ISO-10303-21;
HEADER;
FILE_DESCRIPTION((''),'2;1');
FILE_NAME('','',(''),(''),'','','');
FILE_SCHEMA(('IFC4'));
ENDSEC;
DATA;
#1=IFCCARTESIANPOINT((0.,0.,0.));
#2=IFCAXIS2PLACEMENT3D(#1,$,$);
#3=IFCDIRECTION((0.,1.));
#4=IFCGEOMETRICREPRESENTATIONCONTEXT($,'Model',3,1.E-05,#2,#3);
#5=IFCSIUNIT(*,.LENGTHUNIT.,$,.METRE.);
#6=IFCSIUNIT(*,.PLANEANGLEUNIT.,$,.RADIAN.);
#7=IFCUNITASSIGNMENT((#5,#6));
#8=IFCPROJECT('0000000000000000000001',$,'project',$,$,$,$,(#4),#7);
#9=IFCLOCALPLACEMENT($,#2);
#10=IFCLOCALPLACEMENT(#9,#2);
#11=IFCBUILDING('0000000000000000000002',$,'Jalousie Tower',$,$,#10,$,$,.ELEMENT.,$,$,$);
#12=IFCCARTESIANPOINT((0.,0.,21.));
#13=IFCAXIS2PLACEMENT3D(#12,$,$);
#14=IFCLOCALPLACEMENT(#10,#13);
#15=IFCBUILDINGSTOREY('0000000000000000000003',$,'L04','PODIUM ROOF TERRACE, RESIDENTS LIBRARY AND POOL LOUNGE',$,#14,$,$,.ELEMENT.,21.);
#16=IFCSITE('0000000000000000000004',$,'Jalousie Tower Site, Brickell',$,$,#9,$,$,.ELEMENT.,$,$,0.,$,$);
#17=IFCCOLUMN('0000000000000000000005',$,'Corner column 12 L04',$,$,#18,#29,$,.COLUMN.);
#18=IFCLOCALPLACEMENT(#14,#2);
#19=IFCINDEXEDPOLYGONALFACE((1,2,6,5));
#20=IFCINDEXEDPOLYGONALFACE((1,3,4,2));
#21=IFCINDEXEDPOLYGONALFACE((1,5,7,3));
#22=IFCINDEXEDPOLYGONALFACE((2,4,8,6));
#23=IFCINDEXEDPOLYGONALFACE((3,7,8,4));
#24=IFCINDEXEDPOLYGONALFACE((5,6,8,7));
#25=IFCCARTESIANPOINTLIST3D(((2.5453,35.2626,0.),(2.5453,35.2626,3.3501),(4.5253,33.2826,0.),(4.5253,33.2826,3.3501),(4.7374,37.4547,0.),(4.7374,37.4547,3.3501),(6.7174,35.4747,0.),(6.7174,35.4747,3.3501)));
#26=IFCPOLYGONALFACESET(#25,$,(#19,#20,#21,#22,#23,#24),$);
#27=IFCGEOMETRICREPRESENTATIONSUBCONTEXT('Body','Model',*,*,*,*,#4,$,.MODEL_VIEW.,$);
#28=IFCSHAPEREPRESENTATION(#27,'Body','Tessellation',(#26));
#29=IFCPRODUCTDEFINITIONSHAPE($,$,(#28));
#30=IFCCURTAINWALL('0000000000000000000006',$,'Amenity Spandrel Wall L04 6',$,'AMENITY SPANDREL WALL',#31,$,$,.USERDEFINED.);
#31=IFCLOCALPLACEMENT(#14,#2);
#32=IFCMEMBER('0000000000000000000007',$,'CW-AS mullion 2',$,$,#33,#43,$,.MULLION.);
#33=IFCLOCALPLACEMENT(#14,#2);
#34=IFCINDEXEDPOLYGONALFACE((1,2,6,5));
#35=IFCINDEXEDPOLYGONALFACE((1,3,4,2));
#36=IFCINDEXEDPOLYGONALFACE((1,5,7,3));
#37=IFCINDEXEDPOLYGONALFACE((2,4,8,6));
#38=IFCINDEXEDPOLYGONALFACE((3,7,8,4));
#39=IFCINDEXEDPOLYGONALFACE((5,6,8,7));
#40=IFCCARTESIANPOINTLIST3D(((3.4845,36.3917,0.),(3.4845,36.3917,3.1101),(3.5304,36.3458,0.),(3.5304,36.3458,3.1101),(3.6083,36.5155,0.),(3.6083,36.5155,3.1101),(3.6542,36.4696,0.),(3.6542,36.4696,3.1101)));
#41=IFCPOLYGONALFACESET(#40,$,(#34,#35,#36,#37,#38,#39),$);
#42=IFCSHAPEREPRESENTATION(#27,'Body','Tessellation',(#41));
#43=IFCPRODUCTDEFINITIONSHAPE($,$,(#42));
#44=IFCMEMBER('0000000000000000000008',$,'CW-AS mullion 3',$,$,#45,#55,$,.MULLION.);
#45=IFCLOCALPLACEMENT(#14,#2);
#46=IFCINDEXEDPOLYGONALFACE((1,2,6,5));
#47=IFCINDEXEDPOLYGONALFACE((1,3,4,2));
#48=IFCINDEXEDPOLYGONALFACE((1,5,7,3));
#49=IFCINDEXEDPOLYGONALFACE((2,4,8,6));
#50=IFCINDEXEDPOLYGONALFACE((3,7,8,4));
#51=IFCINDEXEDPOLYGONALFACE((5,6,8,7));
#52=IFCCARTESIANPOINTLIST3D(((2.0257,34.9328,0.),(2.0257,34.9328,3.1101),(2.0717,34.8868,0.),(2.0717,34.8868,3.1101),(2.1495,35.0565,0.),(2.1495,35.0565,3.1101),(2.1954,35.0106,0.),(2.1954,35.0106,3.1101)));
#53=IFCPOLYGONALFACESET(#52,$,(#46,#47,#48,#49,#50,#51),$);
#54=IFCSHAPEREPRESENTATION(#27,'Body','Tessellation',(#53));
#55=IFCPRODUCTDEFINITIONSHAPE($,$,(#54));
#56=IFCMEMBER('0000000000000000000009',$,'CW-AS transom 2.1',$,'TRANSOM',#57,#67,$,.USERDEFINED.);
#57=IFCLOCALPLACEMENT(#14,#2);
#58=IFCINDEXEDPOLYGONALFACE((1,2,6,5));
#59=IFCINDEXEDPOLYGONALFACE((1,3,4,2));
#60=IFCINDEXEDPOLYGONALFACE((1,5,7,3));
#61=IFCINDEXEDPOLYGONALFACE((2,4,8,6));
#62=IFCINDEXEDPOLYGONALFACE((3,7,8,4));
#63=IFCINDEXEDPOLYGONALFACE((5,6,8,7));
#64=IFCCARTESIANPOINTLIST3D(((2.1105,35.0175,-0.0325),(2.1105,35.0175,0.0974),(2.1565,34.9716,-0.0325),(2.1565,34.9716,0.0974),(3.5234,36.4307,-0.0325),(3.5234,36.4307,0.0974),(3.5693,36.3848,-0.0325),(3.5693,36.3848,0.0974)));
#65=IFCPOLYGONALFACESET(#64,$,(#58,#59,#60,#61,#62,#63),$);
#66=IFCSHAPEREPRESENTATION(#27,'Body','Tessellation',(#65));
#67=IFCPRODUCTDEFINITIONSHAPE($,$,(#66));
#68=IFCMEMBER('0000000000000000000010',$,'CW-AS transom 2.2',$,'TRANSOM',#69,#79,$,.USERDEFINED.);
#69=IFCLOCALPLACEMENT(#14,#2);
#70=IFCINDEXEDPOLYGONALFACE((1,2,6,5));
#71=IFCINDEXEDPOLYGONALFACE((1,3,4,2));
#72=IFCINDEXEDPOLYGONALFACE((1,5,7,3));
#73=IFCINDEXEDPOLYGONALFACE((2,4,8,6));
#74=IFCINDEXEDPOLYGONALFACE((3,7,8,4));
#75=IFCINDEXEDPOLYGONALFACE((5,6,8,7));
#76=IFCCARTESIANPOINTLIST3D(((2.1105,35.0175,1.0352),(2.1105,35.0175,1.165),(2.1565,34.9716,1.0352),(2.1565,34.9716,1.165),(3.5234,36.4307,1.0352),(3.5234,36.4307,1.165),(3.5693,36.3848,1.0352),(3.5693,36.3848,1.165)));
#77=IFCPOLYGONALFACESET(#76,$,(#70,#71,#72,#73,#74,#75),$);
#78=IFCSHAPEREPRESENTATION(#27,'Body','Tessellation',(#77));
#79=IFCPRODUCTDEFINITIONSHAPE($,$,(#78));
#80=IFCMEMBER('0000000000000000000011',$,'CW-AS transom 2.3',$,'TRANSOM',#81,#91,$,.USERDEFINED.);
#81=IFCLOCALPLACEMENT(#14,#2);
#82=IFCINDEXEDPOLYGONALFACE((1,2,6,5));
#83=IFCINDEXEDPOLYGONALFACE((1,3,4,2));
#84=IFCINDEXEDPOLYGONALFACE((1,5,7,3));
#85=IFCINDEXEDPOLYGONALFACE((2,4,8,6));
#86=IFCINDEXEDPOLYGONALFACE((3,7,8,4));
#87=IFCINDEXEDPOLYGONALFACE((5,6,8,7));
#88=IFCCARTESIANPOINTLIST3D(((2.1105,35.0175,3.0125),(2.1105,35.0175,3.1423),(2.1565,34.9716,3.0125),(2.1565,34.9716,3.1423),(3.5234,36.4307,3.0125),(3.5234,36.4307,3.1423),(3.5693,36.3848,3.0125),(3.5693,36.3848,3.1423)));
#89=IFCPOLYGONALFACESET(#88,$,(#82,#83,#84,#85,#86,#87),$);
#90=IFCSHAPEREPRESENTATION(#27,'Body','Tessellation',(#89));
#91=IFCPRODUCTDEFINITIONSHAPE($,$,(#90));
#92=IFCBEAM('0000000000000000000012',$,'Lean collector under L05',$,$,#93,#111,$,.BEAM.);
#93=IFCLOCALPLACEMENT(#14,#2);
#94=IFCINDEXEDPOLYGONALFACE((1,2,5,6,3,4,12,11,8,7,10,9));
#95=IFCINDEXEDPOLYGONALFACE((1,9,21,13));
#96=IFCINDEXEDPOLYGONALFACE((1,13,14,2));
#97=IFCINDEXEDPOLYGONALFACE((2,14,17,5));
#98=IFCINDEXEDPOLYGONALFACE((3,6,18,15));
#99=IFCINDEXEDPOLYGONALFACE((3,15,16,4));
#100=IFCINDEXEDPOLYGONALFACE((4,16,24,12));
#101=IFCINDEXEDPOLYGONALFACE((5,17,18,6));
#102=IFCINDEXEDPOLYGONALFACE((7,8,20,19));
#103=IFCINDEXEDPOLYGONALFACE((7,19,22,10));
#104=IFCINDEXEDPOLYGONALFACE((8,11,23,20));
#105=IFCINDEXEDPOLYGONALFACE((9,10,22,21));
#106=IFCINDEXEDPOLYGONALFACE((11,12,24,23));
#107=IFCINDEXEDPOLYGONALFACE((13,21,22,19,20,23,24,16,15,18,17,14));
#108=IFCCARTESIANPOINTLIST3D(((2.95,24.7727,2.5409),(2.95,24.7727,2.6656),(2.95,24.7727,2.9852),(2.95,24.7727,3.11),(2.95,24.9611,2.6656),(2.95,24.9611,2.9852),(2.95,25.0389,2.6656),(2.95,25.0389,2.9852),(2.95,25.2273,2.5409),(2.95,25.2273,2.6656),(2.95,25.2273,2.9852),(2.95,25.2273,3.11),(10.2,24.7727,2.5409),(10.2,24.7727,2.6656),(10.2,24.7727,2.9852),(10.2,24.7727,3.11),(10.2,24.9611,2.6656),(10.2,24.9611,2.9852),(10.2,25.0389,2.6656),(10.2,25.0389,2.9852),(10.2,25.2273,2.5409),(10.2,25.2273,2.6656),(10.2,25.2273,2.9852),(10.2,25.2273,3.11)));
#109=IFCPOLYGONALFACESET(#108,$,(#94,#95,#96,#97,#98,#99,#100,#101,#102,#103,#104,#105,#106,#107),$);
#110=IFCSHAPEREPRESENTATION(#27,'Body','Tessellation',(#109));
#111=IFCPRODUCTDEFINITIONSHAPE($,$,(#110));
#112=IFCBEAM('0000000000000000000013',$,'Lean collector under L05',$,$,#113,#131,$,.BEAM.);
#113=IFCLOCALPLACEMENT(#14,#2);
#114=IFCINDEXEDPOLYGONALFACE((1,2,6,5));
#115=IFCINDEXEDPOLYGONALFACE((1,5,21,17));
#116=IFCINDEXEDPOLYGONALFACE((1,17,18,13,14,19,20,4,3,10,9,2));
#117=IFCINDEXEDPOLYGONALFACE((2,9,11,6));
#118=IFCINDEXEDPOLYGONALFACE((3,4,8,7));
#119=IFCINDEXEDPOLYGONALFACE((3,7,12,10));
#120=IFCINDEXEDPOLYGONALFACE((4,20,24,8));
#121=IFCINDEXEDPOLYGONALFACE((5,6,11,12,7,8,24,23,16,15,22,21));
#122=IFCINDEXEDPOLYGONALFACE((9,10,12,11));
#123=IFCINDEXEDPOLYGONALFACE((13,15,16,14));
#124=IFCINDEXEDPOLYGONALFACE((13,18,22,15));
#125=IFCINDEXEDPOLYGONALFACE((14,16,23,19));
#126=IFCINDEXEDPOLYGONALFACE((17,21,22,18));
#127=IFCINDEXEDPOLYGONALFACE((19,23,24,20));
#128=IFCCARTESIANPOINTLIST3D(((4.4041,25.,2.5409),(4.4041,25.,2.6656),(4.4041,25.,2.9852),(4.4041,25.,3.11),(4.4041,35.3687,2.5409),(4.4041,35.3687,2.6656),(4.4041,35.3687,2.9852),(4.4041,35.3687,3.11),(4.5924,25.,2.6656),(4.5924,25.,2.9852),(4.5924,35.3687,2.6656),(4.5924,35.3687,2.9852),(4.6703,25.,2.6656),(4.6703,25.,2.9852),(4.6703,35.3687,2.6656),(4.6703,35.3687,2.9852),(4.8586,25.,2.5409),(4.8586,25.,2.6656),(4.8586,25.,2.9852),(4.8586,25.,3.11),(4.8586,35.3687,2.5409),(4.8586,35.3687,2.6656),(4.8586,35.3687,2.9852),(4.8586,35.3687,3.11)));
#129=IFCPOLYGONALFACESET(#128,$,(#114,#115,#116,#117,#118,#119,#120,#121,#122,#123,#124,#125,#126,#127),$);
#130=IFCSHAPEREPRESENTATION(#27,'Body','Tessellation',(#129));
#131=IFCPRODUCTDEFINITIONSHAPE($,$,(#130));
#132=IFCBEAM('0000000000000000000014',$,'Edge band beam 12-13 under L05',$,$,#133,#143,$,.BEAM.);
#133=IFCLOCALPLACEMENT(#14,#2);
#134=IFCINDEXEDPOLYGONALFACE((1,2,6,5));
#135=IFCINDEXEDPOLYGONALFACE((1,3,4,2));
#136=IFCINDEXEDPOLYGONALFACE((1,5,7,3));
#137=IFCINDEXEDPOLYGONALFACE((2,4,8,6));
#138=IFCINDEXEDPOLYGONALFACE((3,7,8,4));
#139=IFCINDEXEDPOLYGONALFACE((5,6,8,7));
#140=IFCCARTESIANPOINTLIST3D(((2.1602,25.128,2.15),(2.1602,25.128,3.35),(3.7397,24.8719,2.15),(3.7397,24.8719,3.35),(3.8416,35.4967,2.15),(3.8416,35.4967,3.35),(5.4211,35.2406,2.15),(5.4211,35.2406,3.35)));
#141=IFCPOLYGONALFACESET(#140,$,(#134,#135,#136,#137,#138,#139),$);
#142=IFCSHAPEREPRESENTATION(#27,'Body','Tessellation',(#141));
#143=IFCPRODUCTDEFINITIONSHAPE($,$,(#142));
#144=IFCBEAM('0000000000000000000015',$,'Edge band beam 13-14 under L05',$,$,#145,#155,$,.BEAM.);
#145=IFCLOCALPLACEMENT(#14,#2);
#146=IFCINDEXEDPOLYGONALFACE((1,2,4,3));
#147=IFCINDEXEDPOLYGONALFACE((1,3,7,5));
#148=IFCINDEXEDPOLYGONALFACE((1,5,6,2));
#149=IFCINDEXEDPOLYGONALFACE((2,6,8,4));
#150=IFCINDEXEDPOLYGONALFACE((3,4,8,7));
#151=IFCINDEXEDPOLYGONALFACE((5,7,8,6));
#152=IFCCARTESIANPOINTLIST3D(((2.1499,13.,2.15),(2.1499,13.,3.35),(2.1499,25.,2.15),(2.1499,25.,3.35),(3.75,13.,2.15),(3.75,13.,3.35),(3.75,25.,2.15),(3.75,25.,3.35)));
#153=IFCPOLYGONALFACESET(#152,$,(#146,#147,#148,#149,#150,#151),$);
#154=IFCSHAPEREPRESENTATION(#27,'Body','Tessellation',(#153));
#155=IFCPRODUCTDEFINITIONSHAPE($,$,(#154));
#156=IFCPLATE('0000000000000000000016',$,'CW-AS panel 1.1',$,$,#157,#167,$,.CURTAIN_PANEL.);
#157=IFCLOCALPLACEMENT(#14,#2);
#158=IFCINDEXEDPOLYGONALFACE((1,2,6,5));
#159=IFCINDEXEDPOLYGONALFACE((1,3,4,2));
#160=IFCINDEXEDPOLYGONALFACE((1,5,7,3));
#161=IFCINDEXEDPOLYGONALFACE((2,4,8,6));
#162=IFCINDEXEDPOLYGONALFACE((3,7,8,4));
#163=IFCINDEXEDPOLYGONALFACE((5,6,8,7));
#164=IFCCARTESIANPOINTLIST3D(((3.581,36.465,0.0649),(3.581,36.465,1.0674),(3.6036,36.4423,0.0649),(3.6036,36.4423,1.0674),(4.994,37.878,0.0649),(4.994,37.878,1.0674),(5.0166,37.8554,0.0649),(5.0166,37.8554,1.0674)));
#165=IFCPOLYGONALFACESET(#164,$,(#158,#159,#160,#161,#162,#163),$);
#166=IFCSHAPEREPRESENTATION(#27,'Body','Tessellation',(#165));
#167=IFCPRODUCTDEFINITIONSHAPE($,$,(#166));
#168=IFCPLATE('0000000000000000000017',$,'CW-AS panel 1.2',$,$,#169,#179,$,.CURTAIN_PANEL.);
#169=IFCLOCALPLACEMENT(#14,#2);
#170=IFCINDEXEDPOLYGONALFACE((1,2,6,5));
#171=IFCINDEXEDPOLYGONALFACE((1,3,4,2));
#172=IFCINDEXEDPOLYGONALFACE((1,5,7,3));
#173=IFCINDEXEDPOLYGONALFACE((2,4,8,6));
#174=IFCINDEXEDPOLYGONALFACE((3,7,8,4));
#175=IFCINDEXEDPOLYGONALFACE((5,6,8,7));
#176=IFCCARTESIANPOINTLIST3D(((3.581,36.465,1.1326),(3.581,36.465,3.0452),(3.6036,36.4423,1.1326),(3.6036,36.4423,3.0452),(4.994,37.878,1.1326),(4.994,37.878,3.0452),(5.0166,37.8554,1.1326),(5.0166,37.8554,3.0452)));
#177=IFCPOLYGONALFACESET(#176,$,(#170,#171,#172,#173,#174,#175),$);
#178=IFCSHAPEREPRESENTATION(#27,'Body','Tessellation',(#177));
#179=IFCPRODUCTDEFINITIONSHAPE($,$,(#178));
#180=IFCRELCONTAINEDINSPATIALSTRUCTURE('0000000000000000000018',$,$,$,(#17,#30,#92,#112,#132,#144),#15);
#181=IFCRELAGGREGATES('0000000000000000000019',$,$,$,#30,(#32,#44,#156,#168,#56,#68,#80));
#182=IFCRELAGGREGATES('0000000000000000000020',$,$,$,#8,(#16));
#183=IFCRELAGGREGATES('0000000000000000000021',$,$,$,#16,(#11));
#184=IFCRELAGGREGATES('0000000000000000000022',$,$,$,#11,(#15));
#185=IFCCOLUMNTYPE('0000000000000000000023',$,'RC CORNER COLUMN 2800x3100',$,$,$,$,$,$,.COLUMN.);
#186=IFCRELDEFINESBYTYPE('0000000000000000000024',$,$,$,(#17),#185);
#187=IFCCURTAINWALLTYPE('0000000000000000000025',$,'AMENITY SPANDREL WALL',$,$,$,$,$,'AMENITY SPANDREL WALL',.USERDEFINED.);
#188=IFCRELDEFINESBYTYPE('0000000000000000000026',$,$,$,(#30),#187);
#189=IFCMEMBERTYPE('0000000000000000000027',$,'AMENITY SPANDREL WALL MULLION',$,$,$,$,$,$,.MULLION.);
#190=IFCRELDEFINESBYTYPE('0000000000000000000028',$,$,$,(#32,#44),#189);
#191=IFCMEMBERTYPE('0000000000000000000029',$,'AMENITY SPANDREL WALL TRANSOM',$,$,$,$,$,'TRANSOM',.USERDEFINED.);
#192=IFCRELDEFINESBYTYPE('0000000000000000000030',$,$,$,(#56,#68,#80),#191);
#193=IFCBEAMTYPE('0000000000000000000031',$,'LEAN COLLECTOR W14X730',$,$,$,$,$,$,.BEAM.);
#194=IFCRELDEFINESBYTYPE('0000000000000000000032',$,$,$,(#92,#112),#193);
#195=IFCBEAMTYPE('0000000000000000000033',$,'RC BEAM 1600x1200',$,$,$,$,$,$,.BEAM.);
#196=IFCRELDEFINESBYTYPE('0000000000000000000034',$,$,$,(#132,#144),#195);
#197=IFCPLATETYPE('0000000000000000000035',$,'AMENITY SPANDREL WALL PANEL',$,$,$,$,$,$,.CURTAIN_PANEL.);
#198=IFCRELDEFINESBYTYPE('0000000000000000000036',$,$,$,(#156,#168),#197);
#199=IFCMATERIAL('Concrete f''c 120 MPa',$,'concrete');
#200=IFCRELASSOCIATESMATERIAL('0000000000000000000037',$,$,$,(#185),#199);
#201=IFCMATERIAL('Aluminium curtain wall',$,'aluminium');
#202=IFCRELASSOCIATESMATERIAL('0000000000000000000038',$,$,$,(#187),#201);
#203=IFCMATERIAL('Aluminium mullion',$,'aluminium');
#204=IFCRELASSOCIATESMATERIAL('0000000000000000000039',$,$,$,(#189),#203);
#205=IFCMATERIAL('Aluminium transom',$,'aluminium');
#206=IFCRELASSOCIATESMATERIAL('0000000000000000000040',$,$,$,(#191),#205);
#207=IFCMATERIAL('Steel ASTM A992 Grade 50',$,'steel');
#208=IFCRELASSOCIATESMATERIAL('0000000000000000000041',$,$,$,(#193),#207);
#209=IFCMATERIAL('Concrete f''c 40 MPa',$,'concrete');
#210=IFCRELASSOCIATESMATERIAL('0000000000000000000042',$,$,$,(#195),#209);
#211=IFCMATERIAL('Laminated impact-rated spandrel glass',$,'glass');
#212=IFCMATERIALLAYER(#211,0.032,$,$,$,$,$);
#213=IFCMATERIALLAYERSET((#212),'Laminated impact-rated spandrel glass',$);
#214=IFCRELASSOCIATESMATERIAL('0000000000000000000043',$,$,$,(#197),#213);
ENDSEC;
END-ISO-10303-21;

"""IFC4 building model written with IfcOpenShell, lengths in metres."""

from ifc_helpers import new_model, si_unit, direction, frame, origin, origin_2d, place, context, subcontext, project, spatial, rectangle, i_section, extrude, material, layer, layer_set, material_profile, profile_set, type_object, element, aggregate, save


model = new_model("IFC4")

# Units and contexts
model_context = context("Model", 3, precision=1e-05, world=origin(), true_north=direction((0.0, 1.0)))
body_context = subcontext(model_context, "Body", "Model", "MODEL_VIEW")
ifc_project = project(units=[si_unit("LENGTHUNIT", "METRE"), si_unit("PLANEANGLEUNIT", "RADIAN")], contexts=[model_context])

# Site, building, storey
site_placement = place(None, origin())
site = spatial("IfcSite", under=ifc_project, at=site_placement, Name="Jalousie Tower Site, Brickell", CompositionType="ELEMENT", RefElevation=0.0)
building_placement = place(site_placement, origin())
building = spatial("IfcBuilding", under=site, at=building_placement, Name="Jalousie Tower", CompositionType="ELEMENT")
storey_placement = place(building_placement, frame((0.0, 0.0, 21.0)))
storey = spatial("IfcBuildingStorey", under=building, at=storey_placement, Name="L04", Description="PODIUM ROOF TERRACE, RESIDENTS LIBRARY AND POOL LOUNGE", CompositionType="ELEMENT", Elevation=21.0)

# Column
ifc_material_1 = material(Name="Concrete f'c 120 MPa", Category="concrete")
ifc_material_profile_1 = material_profile(ifc_material_1, rectangle(XDim=2.8, YDim=3.1001, at=origin_2d()), Name="RC 2800x3100")
ifc_profile_set_1 = profile_set([ifc_material_profile_1], Name="Concrete f'c 120 MPa")
column_type = type_object("IfcColumnType", Name="RC CORNER COLUMN 2800x3100", PredefinedType="COLUMN", material=ifc_profile_set_1)
column_placement = place(storey_placement, frame((4.6313, 35.3687, 0.0), z_axis=(0.0, 0.0, 1.0), x_axis=(0.707107, -0.707107, 0.0)))
element("IfcColumn", 1, at=column_placement, inside=storey, type_object=column_type, Name="Corner column 12 L04", PredefinedType="COLUMN", context=body_context, shape_type="SweptSolid", body=[
    extrude(rectangle(XDim=2.8, YDim=3.1001, at=origin_2d()), origin(), (0.0, 0.0, 1.0), 3.3501),
])

# Curtain wall, members
ifc_material_2 = material(Name="Aluminium curtain wall", Category="aluminium")
curtain_wall_type = type_object("IfcCurtainWallType", Name="AMENITY SPANDREL WALL", ElementType="AMENITY SPANDREL WALL", PredefinedType="USERDEFINED", material=ifc_material_2)
curtain_wall_placement = place(storey_placement, origin())
curtain_wall = element("IfcCurtainWall", 2, at=curtain_wall_placement, inside=storey, type_object=curtain_wall_type, Name="Amenity Spandrel Wall L04 6", ObjectType="AMENITY SPANDREL WALL", PredefinedType="USERDEFINED")
ifc_material_3 = material(Name="Aluminium mullion", Category="aluminium")
ifc_material_profile_2 = material_profile(ifc_material_3, rectangle(XDim=0.0649, YDim=0.175, at=origin_2d()), Name="MULLION 65x175")
ifc_profile_set_2 = profile_set([ifc_material_profile_2], Name="Aluminium mullion")
member_type_1 = type_object("IfcMemberType", Name="AMENITY SPANDREL WALL MULLION", PredefinedType="MULLION", material=ifc_profile_set_2)
member_1_placement = place(storey_placement, frame((3.5693, 36.4307, 0.0), z_axis=(0.0, 0.0, 1.0), x_axis=(0.707107, -0.707107, 0.0)))
member_1 = element("IfcMember", 3, at=member_1_placement, type_object=member_type_1, Name="CW-AS mullion 2", PredefinedType="MULLION", context=body_context, shape_type="SweptSolid", body=[
    extrude(rectangle(XDim=0.0649, YDim=0.175, at=origin_2d()), origin(), (0.0, 0.0, 1.0), 3.1101),
])
member_2_placement = place(storey_placement, frame((2.1106, 34.9717, 0.0), z_axis=(0.0, 0.0, 1.0), x_axis=(0.707107, -0.707107, 0.0)))
member_2 = element("IfcMember", 4, at=member_2_placement, type_object=member_type_1, Name="CW-AS mullion 3", PredefinedType="MULLION", context=body_context, shape_type="SweptSolid", body=[
    extrude(rectangle(XDim=0.0649, YDim=0.175, at=origin_2d()), origin(), (0.0, 0.0, 1.0), 3.1101),
])
ifc_material_4 = material(Name="Aluminium transom", Category="aluminium")
ifc_material_profile_3 = material_profile(ifc_material_4, rectangle(XDim=0.0649, YDim=0.1299, at=origin_2d()), Name="TRANSOM 65x130")
ifc_profile_set_3 = profile_set([ifc_material_profile_3], Name="Aluminium transom")
member_type_2 = type_object("IfcMemberType", Name="AMENITY SPANDREL WALL TRANSOM", ElementType="TRANSOM", PredefinedType="USERDEFINED", material=ifc_profile_set_3)
member_3_placement = place(storey_placement, frame((3.5464, 36.4077, 0.0325), z_axis=(-0.707046, -0.707168, 0.0), x_axis=(0.707168, -0.707046, 0.0)))
member_3 = element("IfcMember", 5, at=member_3_placement, type_object=member_type_2, Name="CW-AS transom 2.1", ObjectType="TRANSOM", PredefinedType="USERDEFINED", context=body_context, shape_type="SweptSolid", body=[
    extrude(rectangle(XDim=0.0649, YDim=0.1299, at=origin_2d()), origin(), (0.0, 0.0, 1.0), 1.9983),
])
member_4_placement = place(storey_placement, frame((3.5464, 36.4077, 1.1001), z_axis=(-0.707046, -0.707168, 0.0), x_axis=(0.707168, -0.707046, 0.0)))
member_4 = element("IfcMember", 6, at=member_4_placement, type_object=member_type_2, Name="CW-AS transom 2.2", ObjectType="TRANSOM", PredefinedType="USERDEFINED", context=body_context, shape_type="SweptSolid", body=[
    extrude(rectangle(XDim=0.0649, YDim=0.1299, at=origin_2d()), origin(), (0.0, 0.0, 1.0), 1.9983),
])
member_5_placement = place(storey_placement, frame((3.5464, 36.4077, 3.0774), z_axis=(-0.707046, -0.707168, 0.0), x_axis=(0.707168, -0.707046, 0.0)))
member_5 = element("IfcMember", 7, at=member_5_placement, type_object=member_type_2, Name="CW-AS transom 2.3", ObjectType="TRANSOM", PredefinedType="USERDEFINED", context=body_context, shape_type="SweptSolid", body=[
    extrude(rectangle(XDim=0.0649, YDim=0.1299, at=origin_2d()), origin(), (0.0, 0.0, 1.0), 1.9983),
])

# Beams
ifc_material_5 = material(Name="Steel ASTM A992 Grade 50", Category="steel")
ifc_material_profile_4 = material_profile(ifc_material_5, i_section(OverallWidth=0.4546, OverallDepth=0.5691, WebThickness=0.0779, FlangeThickness=0.1248, at=origin_2d()), Name="W14X730")
ifc_profile_set_4 = profile_set([ifc_material_profile_4], Name="Steel ASTM A992 Grade 50")
beam_type_1 = type_object("IfcBeamType", Name="LEAN COLLECTOR W14X730", PredefinedType="BEAM", material=ifc_profile_set_4)
beam_1_placement = place(storey_placement, frame((2.95, 25.0, 2.8254), z_axis=(1.0, 0.0, 0.0), x_axis=(0.0, 1.0, 0.0)))
element("IfcBeam", 8, at=beam_1_placement, inside=storey, type_object=beam_type_1, Name="Lean collector under L05", PredefinedType="BEAM", context=body_context, shape_type="SweptSolid", body=[
    extrude(i_section(OverallWidth=0.4546, OverallDepth=0.5691, WebThickness=0.0779, FlangeThickness=0.1248, at=origin_2d()), origin(), (0.0, 0.0, 1.0), 7.25),
])
beam_2_placement = place(storey_placement, frame((4.6313, 35.3687, 2.8254), z_axis=(0.0, -1.0, 0.0), x_axis=(1.0, 0.0, 0.0)))
element("IfcBeam", 9, at=beam_2_placement, inside=storey, type_object=beam_type_1, Name="Lean collector under L05", PredefinedType="BEAM", context=body_context, shape_type="SweptSolid", body=[
    extrude(i_section(OverallWidth=0.4546, OverallDepth=0.5691, WebThickness=0.0779, FlangeThickness=0.1248, at=origin_2d()), origin(), (0.0, 0.0, 1.0), 10.3687),
])
ifc_material_6 = material(Name="Concrete f'c 40 MPa", Category="concrete")
ifc_material_profile_5 = material_profile(ifc_material_6, rectangle(XDim=1.6001, YDim=1.2, at=origin_2d()), Name="RC 1600x1200")
ifc_profile_set_5 = profile_set([ifc_material_profile_5], Name="Concrete f'c 40 MPa")
beam_type_2 = type_object("IfcBeamType", Name="RC BEAM 1600x1200", PredefinedType="BEAM", material=ifc_profile_set_5)
beam_3_placement = place(storey_placement, frame((4.6313, 35.3687, 2.75), z_axis=(-0.160071, -0.987106, 0.0), x_axis=(0.987106, -0.160071, 0.0)))
element("IfcBeam", 10, at=beam_3_placement, inside=storey, type_object=beam_type_2, Name="Edge band beam 12-13 under L05", PredefinedType="BEAM", context=body_context, shape_type="SweptSolid", body=[
    extrude(rectangle(XDim=1.6001, YDim=1.2, at=origin_2d()), origin(), (0.0, 0.0, 1.0), 10.5042),
])
beam_4_placement = place(storey_placement, frame((2.95, 25.0, 2.75), z_axis=(0.0, -1.0, 0.0), x_axis=(1.0, 0.0, 0.0)))
element("IfcBeam", 11, at=beam_4_placement, inside=storey, type_object=beam_type_2, Name="Edge band beam 13-14 under L05", PredefinedType="BEAM", context=body_context, shape_type="SweptSolid", body=[
    extrude(rectangle(XDim=1.6001, YDim=1.2, at=origin_2d()), origin(), (0.0, 0.0, 1.0), 12.0),
])

# Plates
ifc_material_7 = material(Name="Laminated impact-rated spandrel glass", Category="glass")
ifc_layer_1 = layer(ifc_material_7, 0.032)
ifc_layer_set_1 = layer_set([ifc_layer_1], Name="Laminated impact-rated spandrel glass")
plate_type = type_object("IfcPlateType", Name="AMENITY SPANDREL WALL PANEL", PredefinedType="CURTAIN_PANEL", material=ifc_layer_set_1)
plate_1_placement = place(storey_placement, frame((4.2988, 37.1602, 0.0649), z_axis=(0.0, 0.0, 1.0), x_axis=(-0.707107, -0.707107, 0.0)))
plate_1 = element("IfcPlate", 12, at=plate_1_placement, type_object=plate_type, Name="CW-AS panel 1.1", PredefinedType="CURTAIN_PANEL", context=body_context, shape_type="SweptSolid", body=[
    extrude(rectangle(XDim=1.9983, YDim=0.032, at=origin_2d()), origin(), (0.0, 0.0, 1.0), 1.0024),
])
plate_2_placement = place(storey_placement, frame((4.2988, 37.1602, 1.1326), z_axis=(0.0, 0.0, 1.0), x_axis=(-0.707107, -0.707107, 0.0)))
plate_2 = element("IfcPlate", 13, at=plate_2_placement, type_object=plate_type, Name="CW-AS panel 1.2", PredefinedType="CURTAIN_PANEL", context=body_context, shape_type="SweptSolid", body=[
    extrude(rectangle(XDim=1.9983, YDim=0.032, at=origin_2d()), origin(), (0.0, 0.0, 1.0), 1.9126),
])
aggregate(curtain_wall, [member_1, member_2, plate_1, plate_2, member_3, member_4, member_5])

save(model, "model.ifc")
